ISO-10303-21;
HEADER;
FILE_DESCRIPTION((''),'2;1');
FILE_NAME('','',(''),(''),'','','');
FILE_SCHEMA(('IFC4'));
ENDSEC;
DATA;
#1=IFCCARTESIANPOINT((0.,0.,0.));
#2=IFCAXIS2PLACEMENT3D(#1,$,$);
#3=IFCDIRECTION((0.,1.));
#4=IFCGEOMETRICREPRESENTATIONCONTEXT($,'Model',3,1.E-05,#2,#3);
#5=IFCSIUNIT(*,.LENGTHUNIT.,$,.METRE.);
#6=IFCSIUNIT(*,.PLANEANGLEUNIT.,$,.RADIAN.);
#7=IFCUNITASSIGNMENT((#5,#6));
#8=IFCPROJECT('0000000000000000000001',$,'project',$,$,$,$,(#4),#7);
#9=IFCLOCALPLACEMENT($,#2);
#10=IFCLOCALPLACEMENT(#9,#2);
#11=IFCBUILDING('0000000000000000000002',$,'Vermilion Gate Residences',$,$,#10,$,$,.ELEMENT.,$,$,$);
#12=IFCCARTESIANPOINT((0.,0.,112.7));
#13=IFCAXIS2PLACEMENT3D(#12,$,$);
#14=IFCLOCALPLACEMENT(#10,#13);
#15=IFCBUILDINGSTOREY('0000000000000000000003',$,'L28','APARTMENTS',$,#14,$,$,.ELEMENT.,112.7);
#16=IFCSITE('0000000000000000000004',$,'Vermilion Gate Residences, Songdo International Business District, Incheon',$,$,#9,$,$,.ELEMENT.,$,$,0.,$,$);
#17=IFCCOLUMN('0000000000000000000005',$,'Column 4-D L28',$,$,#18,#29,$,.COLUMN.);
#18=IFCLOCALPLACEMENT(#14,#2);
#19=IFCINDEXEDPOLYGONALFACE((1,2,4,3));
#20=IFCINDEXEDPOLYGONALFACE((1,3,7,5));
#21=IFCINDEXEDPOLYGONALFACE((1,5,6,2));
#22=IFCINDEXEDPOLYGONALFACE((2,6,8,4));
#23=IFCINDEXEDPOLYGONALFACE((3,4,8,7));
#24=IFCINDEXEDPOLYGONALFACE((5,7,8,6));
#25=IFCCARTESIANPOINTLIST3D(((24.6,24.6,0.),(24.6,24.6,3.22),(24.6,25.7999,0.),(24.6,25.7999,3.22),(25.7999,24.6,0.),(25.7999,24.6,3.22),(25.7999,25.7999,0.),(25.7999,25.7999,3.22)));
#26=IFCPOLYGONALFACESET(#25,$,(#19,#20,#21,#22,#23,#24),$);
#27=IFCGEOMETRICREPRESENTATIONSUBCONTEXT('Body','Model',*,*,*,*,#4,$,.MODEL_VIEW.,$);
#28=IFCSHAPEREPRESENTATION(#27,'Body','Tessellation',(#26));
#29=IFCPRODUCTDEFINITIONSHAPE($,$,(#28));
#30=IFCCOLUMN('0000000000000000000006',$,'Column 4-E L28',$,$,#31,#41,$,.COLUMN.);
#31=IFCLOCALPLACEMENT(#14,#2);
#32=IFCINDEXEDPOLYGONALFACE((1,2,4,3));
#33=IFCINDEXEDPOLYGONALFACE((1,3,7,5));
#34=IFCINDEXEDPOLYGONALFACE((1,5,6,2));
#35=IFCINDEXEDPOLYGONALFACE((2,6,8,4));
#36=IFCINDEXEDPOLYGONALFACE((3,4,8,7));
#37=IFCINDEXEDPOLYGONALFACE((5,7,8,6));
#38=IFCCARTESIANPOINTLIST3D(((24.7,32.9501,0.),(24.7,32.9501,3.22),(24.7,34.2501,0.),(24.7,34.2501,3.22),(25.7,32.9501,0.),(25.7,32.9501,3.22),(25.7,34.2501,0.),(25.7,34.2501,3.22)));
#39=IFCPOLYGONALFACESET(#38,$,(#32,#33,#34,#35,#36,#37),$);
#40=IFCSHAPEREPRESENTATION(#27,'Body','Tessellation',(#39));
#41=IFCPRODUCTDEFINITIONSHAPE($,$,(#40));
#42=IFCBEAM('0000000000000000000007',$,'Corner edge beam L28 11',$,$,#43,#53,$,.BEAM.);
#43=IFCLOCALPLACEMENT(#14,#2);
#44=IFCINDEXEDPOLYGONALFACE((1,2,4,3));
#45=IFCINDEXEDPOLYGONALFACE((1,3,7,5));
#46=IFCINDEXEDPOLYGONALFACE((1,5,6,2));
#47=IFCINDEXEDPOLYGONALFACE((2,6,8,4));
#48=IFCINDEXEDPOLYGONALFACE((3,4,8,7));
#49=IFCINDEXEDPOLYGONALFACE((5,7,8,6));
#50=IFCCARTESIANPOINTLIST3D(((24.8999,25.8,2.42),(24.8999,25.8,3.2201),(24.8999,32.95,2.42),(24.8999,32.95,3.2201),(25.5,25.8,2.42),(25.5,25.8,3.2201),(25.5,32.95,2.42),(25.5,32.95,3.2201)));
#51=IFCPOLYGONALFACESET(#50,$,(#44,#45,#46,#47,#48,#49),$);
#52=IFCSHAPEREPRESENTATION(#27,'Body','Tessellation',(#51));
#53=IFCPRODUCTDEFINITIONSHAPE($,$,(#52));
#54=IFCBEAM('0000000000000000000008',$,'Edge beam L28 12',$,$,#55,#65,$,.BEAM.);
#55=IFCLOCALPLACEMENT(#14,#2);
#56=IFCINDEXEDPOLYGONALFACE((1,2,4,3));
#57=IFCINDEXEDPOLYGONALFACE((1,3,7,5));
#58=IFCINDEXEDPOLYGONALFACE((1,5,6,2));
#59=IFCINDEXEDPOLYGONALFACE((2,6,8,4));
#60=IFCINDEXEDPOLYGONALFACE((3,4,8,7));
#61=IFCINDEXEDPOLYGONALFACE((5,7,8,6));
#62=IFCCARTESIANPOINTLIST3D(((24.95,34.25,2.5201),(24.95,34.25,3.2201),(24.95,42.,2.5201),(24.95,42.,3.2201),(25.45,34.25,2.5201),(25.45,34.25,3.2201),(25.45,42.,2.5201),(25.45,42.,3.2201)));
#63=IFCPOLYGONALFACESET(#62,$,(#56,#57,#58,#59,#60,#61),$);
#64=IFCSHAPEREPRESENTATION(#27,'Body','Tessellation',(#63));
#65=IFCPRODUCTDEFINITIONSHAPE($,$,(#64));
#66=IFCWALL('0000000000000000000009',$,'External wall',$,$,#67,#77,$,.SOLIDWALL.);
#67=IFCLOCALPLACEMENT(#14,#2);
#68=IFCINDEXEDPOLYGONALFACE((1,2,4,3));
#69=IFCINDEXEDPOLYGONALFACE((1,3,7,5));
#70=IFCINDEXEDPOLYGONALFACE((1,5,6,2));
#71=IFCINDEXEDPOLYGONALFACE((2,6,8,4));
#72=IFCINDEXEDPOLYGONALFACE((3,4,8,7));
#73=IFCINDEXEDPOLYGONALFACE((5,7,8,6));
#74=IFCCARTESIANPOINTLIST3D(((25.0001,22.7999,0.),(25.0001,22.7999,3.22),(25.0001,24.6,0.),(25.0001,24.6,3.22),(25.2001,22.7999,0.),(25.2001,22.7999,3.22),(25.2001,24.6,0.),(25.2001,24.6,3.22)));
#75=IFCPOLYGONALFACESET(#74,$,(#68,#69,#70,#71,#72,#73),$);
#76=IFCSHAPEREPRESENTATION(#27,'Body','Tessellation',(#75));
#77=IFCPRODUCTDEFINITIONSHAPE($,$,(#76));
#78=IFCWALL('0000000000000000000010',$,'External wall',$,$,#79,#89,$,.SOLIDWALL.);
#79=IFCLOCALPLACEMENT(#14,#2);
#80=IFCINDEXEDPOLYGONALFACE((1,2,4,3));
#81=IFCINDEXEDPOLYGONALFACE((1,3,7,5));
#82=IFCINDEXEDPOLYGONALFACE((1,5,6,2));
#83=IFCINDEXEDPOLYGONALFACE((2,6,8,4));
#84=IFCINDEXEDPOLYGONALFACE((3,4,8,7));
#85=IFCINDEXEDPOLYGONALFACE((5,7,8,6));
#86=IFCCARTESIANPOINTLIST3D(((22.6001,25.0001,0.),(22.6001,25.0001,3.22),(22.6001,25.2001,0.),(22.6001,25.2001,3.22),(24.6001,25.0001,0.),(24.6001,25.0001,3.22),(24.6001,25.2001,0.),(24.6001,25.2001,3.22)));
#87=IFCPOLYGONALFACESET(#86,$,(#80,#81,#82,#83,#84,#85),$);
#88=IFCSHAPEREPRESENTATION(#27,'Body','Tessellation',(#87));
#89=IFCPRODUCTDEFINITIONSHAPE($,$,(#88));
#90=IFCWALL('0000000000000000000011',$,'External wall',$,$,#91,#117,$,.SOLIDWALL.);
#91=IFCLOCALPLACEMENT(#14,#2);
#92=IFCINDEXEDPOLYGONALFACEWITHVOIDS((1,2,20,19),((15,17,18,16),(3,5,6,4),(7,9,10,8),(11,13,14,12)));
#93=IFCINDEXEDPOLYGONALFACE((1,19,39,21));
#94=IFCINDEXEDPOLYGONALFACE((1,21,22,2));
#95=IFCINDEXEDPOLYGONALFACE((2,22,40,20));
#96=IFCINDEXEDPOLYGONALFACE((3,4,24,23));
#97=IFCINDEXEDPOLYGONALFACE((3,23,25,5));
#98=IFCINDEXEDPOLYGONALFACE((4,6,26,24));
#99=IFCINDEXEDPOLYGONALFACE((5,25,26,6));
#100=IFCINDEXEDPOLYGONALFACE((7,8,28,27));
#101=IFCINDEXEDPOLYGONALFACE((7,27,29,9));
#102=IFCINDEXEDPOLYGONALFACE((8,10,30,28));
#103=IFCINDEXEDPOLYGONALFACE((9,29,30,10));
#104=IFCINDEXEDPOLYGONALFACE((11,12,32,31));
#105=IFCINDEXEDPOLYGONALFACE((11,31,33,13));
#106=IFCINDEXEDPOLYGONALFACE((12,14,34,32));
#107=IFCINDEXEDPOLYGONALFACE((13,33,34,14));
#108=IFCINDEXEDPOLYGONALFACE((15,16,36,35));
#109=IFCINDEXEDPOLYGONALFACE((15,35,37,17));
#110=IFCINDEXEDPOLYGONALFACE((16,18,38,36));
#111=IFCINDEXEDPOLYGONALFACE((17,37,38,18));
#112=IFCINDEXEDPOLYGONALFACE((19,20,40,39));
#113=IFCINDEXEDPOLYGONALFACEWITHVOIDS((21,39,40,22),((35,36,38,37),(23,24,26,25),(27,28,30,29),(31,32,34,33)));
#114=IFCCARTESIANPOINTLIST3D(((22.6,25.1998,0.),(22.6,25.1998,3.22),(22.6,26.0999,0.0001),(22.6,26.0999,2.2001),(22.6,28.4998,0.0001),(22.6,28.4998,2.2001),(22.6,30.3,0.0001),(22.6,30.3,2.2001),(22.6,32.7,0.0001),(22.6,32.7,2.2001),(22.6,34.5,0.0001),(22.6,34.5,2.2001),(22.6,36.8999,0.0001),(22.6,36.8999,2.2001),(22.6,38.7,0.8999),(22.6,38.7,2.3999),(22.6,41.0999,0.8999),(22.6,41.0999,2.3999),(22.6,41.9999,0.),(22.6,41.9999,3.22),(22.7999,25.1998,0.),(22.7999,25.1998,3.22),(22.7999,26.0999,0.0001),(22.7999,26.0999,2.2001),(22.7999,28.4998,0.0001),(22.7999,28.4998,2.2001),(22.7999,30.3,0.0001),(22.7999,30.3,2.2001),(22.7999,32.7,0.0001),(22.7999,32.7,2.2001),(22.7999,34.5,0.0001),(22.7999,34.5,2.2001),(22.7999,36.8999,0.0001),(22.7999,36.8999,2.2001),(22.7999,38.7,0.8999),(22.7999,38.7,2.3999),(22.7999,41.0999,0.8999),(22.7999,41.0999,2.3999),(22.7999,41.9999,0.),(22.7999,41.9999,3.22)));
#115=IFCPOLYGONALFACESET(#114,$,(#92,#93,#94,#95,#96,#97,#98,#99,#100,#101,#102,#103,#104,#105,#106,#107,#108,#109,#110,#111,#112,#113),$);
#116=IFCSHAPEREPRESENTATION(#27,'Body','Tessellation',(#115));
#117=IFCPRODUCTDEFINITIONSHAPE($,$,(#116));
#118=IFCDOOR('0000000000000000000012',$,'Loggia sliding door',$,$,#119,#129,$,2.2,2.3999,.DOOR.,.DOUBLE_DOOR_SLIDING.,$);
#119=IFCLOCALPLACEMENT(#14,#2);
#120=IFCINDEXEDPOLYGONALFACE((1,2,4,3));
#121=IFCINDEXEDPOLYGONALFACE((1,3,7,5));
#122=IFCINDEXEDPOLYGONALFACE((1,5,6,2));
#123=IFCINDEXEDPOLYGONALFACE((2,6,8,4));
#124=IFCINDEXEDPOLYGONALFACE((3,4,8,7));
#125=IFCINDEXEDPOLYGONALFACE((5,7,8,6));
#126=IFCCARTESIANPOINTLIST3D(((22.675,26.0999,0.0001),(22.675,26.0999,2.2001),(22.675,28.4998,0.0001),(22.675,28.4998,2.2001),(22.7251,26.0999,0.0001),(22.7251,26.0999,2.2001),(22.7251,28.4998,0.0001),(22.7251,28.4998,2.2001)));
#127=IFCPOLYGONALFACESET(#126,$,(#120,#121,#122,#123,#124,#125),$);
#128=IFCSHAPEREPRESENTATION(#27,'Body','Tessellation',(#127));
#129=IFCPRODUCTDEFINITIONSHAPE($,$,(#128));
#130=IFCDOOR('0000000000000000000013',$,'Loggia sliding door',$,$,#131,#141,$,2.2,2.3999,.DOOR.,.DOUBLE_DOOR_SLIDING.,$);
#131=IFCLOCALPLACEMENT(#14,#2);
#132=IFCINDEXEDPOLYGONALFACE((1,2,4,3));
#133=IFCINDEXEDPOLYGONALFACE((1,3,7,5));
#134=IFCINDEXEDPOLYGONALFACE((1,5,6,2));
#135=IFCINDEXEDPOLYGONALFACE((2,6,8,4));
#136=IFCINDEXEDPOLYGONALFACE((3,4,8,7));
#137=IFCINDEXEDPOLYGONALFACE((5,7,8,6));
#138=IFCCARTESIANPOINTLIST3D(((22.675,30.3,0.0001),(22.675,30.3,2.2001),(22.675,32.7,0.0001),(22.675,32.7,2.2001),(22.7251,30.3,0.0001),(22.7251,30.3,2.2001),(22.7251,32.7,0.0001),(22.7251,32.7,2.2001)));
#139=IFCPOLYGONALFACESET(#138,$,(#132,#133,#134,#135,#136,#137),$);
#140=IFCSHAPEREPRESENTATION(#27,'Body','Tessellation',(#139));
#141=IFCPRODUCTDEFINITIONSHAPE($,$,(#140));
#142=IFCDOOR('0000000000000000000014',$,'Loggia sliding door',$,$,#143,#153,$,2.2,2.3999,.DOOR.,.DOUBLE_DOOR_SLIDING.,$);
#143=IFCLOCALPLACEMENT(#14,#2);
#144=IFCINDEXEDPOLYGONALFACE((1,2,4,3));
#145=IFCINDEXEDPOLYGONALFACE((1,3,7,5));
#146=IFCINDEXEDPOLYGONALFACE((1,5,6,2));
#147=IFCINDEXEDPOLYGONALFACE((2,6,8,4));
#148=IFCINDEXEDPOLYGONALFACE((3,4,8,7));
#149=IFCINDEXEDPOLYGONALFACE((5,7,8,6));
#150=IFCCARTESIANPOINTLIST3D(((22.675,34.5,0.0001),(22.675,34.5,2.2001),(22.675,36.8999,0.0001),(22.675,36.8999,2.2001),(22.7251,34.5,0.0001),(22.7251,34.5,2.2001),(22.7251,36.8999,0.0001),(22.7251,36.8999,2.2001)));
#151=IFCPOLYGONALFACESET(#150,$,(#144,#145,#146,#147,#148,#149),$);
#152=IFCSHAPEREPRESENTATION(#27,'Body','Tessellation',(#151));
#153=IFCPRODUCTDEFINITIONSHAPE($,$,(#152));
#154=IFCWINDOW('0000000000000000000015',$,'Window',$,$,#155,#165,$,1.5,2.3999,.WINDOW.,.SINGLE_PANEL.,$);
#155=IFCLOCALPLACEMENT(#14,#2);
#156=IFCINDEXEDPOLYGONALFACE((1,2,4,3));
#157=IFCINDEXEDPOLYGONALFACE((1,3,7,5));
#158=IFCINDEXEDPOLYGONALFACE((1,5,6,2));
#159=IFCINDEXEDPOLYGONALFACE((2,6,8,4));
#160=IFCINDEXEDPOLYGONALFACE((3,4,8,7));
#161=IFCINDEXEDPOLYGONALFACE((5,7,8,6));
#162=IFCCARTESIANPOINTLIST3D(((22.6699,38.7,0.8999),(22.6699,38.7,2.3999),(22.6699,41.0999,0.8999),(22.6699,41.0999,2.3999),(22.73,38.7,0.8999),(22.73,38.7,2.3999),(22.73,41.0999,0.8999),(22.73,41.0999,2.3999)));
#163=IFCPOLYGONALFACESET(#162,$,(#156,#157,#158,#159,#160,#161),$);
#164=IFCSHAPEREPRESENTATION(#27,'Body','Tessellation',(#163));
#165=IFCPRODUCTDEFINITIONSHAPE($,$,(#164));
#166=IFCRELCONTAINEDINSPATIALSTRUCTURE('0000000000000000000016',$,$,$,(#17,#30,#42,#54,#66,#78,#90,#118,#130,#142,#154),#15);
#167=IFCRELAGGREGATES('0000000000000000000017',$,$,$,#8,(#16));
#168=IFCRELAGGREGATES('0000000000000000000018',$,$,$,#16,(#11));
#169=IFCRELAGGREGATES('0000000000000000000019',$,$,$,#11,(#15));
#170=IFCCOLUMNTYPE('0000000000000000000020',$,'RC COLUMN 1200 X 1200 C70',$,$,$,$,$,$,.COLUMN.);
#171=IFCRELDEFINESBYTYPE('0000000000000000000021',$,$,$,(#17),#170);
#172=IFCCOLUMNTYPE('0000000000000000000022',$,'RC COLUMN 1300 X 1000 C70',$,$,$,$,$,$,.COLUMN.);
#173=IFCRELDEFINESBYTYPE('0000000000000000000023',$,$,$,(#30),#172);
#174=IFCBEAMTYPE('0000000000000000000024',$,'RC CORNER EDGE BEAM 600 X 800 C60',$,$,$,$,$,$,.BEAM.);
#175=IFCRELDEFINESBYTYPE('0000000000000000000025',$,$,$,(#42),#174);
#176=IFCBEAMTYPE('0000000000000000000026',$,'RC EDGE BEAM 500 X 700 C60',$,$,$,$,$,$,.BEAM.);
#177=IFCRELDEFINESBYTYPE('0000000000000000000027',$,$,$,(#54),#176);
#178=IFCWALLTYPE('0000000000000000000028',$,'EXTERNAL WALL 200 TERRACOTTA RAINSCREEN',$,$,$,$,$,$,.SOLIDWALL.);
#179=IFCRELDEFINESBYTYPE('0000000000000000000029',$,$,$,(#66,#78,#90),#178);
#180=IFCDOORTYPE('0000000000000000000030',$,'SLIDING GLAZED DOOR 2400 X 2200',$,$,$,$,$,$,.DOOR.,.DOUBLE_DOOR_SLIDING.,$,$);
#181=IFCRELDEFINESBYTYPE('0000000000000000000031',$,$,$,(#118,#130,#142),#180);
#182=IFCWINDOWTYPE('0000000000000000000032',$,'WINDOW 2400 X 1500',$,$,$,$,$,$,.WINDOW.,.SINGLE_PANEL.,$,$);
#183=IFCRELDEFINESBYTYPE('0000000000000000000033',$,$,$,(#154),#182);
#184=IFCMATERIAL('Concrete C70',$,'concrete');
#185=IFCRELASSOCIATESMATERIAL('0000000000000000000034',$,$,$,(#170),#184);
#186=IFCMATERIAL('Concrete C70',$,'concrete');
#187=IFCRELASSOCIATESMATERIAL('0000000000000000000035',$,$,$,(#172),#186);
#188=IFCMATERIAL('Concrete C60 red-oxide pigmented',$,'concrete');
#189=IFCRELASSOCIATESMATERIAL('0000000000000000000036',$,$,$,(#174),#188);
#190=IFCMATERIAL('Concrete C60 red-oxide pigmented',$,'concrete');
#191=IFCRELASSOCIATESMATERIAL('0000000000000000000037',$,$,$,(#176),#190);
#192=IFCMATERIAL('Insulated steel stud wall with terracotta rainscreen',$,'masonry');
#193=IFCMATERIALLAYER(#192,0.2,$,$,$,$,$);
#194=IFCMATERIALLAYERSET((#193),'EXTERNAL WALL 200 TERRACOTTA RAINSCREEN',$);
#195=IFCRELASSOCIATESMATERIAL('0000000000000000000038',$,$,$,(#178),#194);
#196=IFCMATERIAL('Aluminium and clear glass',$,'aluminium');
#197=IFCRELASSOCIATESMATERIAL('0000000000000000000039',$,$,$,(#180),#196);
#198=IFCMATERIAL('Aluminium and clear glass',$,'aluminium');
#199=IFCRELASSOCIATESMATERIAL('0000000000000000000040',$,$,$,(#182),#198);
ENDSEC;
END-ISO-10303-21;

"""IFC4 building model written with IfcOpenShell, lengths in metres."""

from ifc_helpers import new_model, si_unit, direction, frame, frame_2d, origin, origin_2d, place, context, subcontext, project, spatial, rectangle, extrude, material, layer, layer_set, material_profile, profile_set, type_object, element, fill, save


model = new_model("IFC4")

# Units and contexts
model_context = context("Model", 3, precision=1e-05, world=origin(), true_north=direction((0.0, 1.0)))
body_context = subcontext(model_context, "Body", "Model", "MODEL_VIEW")
ifc_project = project(units=[si_unit("LENGTHUNIT", "METRE"), si_unit("PLANEANGLEUNIT", "RADIAN")], contexts=[model_context])

# Site, building, storey
site_placement = place(None, origin())
site = spatial("IfcSite", under=ifc_project, at=site_placement, Name="Vermilion Gate Residences, Songdo International Business District, Incheon", CompositionType="ELEMENT", RefElevation=0.0)
building_placement = place(site_placement, origin())
building = spatial("IfcBuilding", under=site, at=building_placement, Name="Vermilion Gate Residences", CompositionType="ELEMENT")
storey_placement = place(building_placement, frame((0.0, 0.0, 112.7)))
storey = spatial("IfcBuildingStorey", under=building, at=storey_placement, Name="L28", Description="APARTMENTS", CompositionType="ELEMENT", Elevation=112.7)

# Columns
ifc_material_1 = material(Name="Concrete C70", Category="concrete")
ifc_material_profile_1 = material_profile(ifc_material_1, rectangle(XDim=1.2, YDim=1.2, at=origin_2d()), Name="RC-1200x1200")
ifc_profile_set_1 = profile_set([ifc_material_profile_1], Name="Concrete C70")
column_type_1 = type_object("IfcColumnType", Name="RC COLUMN 1200 X 1200 C70", PredefinedType="COLUMN", material=ifc_profile_set_1)
column_1_placement = place(storey_placement, frame((25.2, 25.2, 0.0), z_axis=(0.0, 0.0, 1.0), x_axis=(1.0, 0.0, 0.0)))
element("IfcColumn", 1, at=column_1_placement, inside=storey, type_object=column_type_1, Name="Column 4-D L28", PredefinedType="COLUMN", context=body_context, shape_type="SweptSolid", body=[
    extrude(rectangle(XDim=1.2, YDim=1.2, at=origin_2d()), origin(), (0.0, 0.0, 1.0), 3.22),
])
ifc_material_2 = material(Name="Concrete C70", Category="concrete")
ifc_material_profile_2 = material_profile(ifc_material_2, rectangle(XDim=1.3, YDim=1.0, at=origin_2d()), Name="RC-1300x1000")
ifc_profile_set_2 = profile_set([ifc_material_profile_2], Name="Concrete C70")
column_type_2 = type_object("IfcColumnType", Name="RC COLUMN 1300 X 1000 C70", PredefinedType="COLUMN", material=ifc_profile_set_2)
column_2_placement = place(storey_placement, frame((25.2, 33.6001, 0.0), z_axis=(0.0, 0.0, 1.0), x_axis=(0.0, 1.0, 0.0)))
element("IfcColumn", 2, at=column_2_placement, inside=storey, type_object=column_type_2, Name="Column 4-E L28", PredefinedType="COLUMN", context=body_context, shape_type="SweptSolid", body=[
    extrude(rectangle(XDim=1.3, YDim=1.0, at=origin_2d()), origin(), (0.0, 0.0, 1.0), 3.22),
])

# Beams
ifc_material_3 = material(Name="Concrete C60 red-oxide pigmented", Category="concrete")
ifc_material_profile_3 = material_profile(ifc_material_3, rectangle(XDim=0.6001, YDim=0.8, at=origin_2d()), Name="RC-600x800")
ifc_profile_set_3 = profile_set([ifc_material_profile_3], Name="Concrete C60 red-oxide pigmented")
beam_type_1 = type_object("IfcBeamType", Name="RC CORNER EDGE BEAM 600 X 800 C60", PredefinedType="BEAM", material=ifc_profile_set_3)
beam_1_placement = place(storey_placement, frame((25.2, 25.8, 2.8201), z_axis=(0.0, 1.0, 0.0), x_axis=(-1.0, 0.0, 0.0)))
element("IfcBeam", 3, at=beam_1_placement, inside=storey, type_object=beam_type_1, Name="Corner edge beam L28 11", PredefinedType="BEAM", context=body_context, shape_type="SweptSolid", body=[
    extrude(rectangle(XDim=0.6001, YDim=0.8, at=origin_2d()), origin(), (0.0, 0.0, 1.0), 7.1499),
])
ifc_material_4 = material(Name="Concrete C60 red-oxide pigmented", Category="concrete")
ifc_material_profile_4 = material_profile(ifc_material_4, rectangle(XDim=0.5, YDim=0.7, at=origin_2d()), Name="RC-500x700")
ifc_profile_set_4 = profile_set([ifc_material_profile_4], Name="Concrete C60 red-oxide pigmented")
beam_type_2 = type_object("IfcBeamType", Name="RC EDGE BEAM 500 X 700 C60", PredefinedType="BEAM", material=ifc_profile_set_4)
beam_2_placement = place(storey_placement, frame((25.2, 34.25, 2.8701), z_axis=(0.0, 1.0, 0.0), x_axis=(-1.0, 0.0, 0.0)))
element("IfcBeam", 4, at=beam_2_placement, inside=storey, type_object=beam_type_2, Name="Edge beam L28 12", PredefinedType="BEAM", context=body_context, shape_type="SweptSolid", body=[
    extrude(rectangle(XDim=0.5, YDim=0.7, at=origin_2d()), origin(), (0.0, 0.0, 1.0), 7.75),
])

# Walls
ifc_material_5 = material(Name="Insulated steel stud wall with terracotta rainscreen", Category="masonry")
ifc_layer_1 = layer(ifc_material_5, 0.2)
ifc_layer_set_1 = layer_set([ifc_layer_1], Name="EXTERNAL WALL 200 TERRACOTTA RAINSCREEN")
wall_type_1 = type_object("IfcWallType", Name="EXTERNAL WALL 200 TERRACOTTA RAINSCREEN", PredefinedType="SOLIDWALL", material=ifc_layer_set_1)
wall_1_placement = place(storey_placement, frame((25.1001, 22.8, 0.0), z_axis=(0.0, 0.0, 1.0), x_axis=(0.0, 1.0, 0.0)))
element("IfcWall", 5, at=wall_1_placement, inside=storey, type_object=wall_type_1, Name="External wall", PredefinedType="SOLIDWALL", context=body_context, shape_type="SweptSolid", body=[
    extrude(rectangle(XDim=1.8, YDim=0.2, at=frame_2d((0.8999, 0.0))), origin(), (0.0, 0.0, 1.0), 3.22),
])
wall_2_placement = place(storey_placement, frame((24.6001, 25.1001, 0.0), z_axis=(0.0, 0.0, 1.0), x_axis=(-1.0, 0.0, 0.0)))
element("IfcWall", 6, at=wall_2_placement, inside=storey, type_object=wall_type_1, Name="External wall", PredefinedType="SOLIDWALL", context=body_context, shape_type="SweptSolid", body=[
    extrude(rectangle(XDim=2.0, YDim=0.2, at=frame_2d((1.0, 0.0))), origin(), (0.0, 0.0, 1.0), 3.22),
])

# Wall, openings, doors, window
wall_3_placement = place(storey_placement, frame((22.7, 25.2, 0.0), z_axis=(0.0, 0.0, 1.0), x_axis=(0.0, 1.0, 0.0)))
wall_3 = element("IfcWall", 7, at=wall_3_placement, inside=storey, type_object=wall_type_1, Name="External wall", PredefinedType="SOLIDWALL", context=body_context, shape_type="SweptSolid", body=[
    extrude(rectangle(XDim=16.8, YDim=0.2, at=frame_2d((8.3999, 0.0))), origin(), (0.0, 0.0, 1.0), 3.22),
])
opening_1_placement = place(wall_3_placement, frame((0.8999, 0.0, 0.0)))
opening_1 = element("IfcOpeningElement", 8, at=opening_1_placement, cuts=wall_3, PredefinedType="OPENING", context=body_context, shape_type="SweptSolid", body=[
    extrude(rectangle(XDim=2.3999, YDim=2.2, at=frame_2d((1.2, 1.1001))), frame((0.0, 0.1099, 0.0), z_axis=(0.0, -1.0, 0.0), x_axis=(1.0, 0.0, 0.0)), (0.0, 0.0, 1.0), 0.22),
])
opening_2_placement = place(wall_3_placement, frame((5.1001, 0.0, 0.0)))
opening_2 = element("IfcOpeningElement", 9, at=opening_2_placement, cuts=wall_3, PredefinedType="OPENING", context=body_context, shape_type="SweptSolid", body=[
    extrude(rectangle(XDim=2.3999, YDim=2.2, at=frame_2d((1.2, 1.1001))), frame((0.0, 0.1099, 0.0), z_axis=(0.0, -1.0, 0.0), x_axis=(1.0, 0.0, 0.0)), (0.0, 0.0, 1.0), 0.22),
])
opening_3_placement = place(wall_3_placement, frame((9.3, 0.0, 0.0)))
opening_3 = element("IfcOpeningElement", 10, at=opening_3_placement, cuts=wall_3, PredefinedType="OPENING", context=body_context, shape_type="SweptSolid", body=[
    extrude(rectangle(XDim=2.3999, YDim=2.2, at=frame_2d((1.2, 1.1001))), frame((0.0, 0.1099, 0.0), z_axis=(0.0, -1.0, 0.0), x_axis=(1.0, 0.0, 0.0)), (0.0, 0.0, 1.0), 0.22),
])
opening_4_placement = place(wall_3_placement, frame((13.5, 0.0, 0.8999)))
opening_4 = element("IfcOpeningElement", 11, at=opening_4_placement, cuts=wall_3, PredefinedType="OPENING", context=body_context, shape_type="SweptSolid", body=[
    extrude(rectangle(XDim=2.3999, YDim=1.5, at=frame_2d((1.2, 0.75))), frame((0.0, 0.1099, 0.0), z_axis=(0.0, -1.0, 0.0), x_axis=(1.0, 0.0, 0.0)), (0.0, 0.0, 1.0), 0.22),
])
ifc_material_6 = material(Name="Aluminium and clear glass", Category="aluminium")
door_type_1 = type_object("IfcDoorType", Name="SLIDING GLAZED DOOR 2400 X 2200", OperationType="DOUBLE_DOOR_SLIDING", PredefinedType="DOOR", material=ifc_material_6)
door_1_placement = place(opening_1_placement, origin())
door_1 = element("IfcDoor", 12, at=door_1_placement, inside=storey, type_object=door_type_1, Name="Loggia sliding door", OperationType="DOUBLE_DOOR_SLIDING", OverallHeight=2.2, OverallWidth=2.3999, PredefinedType="DOOR", context=body_context, shape_type="SweptSolid", body=[
    extrude(rectangle(XDim=2.3999, YDim=2.2, at=frame_2d((1.2, 1.1001))), frame((0.0, 0.0249, 0.0), z_axis=(0.0, -1.0, 0.0), x_axis=(1.0, 0.0, 0.0)), (0.0, 0.0, 1.0), 0.05),
])
fill(opening_1, door_1)
door_2_placement = place(opening_2_placement, origin())
door_2 = element("IfcDoor", 13, at=door_2_placement, inside=storey, type_object=door_type_1, Name="Loggia sliding door", OperationType="DOUBLE_DOOR_SLIDING", OverallHeight=2.2, OverallWidth=2.3999, PredefinedType="DOOR", context=body_context, shape_type="SweptSolid", body=[
    extrude(rectangle(XDim=2.3999, YDim=2.2, at=frame_2d((1.2, 1.1001))), frame((0.0, 0.0249, 0.0), z_axis=(0.0, -1.0, 0.0), x_axis=(1.0, 0.0, 0.0)), (0.0, 0.0, 1.0), 0.05),
])
fill(opening_2, door_2)
door_3_placement = place(opening_3_placement, origin())
door_3 = element("IfcDoor", 14, at=door_3_placement, inside=storey, type_object=door_type_1, Name="Loggia sliding door", OperationType="DOUBLE_DOOR_SLIDING", OverallHeight=2.2, OverallWidth=2.3999, PredefinedType="DOOR", context=body_context, shape_type="SweptSolid", body=[
    extrude(rectangle(XDim=2.3999, YDim=2.2, at=frame_2d((1.2, 1.1001))), frame((0.0, 0.0249, 0.0), z_axis=(0.0, -1.0, 0.0), x_axis=(1.0, 0.0, 0.0)), (0.0, 0.0, 1.0), 0.05),
])
fill(opening_3, door_3)
ifc_material_7 = material(Name="Aluminium and clear glass", Category="aluminium")
window_type = type_object("IfcWindowType", Name="WINDOW 2400 X 1500", PartitioningType="SINGLE_PANEL", PredefinedType="WINDOW", material=ifc_material_7)
window_placement = place(opening_4_placement, origin())
window = element("IfcWindow", 15, at=window_placement, inside=storey, type_object=window_type, Name="Window", OverallHeight=1.5, OverallWidth=2.3999, PartitioningType="SINGLE_PANEL", PredefinedType="WINDOW", context=body_context, shape_type="SweptSolid", body=[
    extrude(rectangle(XDim=2.3999, YDim=1.5, at=frame_2d((1.2, 0.75))), frame((0.0, 0.03, 0.0), z_axis=(0.0, -1.0, 0.0), x_axis=(1.0, 0.0, 0.0)), (0.0, 0.0, 1.0), 0.0601),
])
fill(opening_4, window)

save(model, "model.ifc")
